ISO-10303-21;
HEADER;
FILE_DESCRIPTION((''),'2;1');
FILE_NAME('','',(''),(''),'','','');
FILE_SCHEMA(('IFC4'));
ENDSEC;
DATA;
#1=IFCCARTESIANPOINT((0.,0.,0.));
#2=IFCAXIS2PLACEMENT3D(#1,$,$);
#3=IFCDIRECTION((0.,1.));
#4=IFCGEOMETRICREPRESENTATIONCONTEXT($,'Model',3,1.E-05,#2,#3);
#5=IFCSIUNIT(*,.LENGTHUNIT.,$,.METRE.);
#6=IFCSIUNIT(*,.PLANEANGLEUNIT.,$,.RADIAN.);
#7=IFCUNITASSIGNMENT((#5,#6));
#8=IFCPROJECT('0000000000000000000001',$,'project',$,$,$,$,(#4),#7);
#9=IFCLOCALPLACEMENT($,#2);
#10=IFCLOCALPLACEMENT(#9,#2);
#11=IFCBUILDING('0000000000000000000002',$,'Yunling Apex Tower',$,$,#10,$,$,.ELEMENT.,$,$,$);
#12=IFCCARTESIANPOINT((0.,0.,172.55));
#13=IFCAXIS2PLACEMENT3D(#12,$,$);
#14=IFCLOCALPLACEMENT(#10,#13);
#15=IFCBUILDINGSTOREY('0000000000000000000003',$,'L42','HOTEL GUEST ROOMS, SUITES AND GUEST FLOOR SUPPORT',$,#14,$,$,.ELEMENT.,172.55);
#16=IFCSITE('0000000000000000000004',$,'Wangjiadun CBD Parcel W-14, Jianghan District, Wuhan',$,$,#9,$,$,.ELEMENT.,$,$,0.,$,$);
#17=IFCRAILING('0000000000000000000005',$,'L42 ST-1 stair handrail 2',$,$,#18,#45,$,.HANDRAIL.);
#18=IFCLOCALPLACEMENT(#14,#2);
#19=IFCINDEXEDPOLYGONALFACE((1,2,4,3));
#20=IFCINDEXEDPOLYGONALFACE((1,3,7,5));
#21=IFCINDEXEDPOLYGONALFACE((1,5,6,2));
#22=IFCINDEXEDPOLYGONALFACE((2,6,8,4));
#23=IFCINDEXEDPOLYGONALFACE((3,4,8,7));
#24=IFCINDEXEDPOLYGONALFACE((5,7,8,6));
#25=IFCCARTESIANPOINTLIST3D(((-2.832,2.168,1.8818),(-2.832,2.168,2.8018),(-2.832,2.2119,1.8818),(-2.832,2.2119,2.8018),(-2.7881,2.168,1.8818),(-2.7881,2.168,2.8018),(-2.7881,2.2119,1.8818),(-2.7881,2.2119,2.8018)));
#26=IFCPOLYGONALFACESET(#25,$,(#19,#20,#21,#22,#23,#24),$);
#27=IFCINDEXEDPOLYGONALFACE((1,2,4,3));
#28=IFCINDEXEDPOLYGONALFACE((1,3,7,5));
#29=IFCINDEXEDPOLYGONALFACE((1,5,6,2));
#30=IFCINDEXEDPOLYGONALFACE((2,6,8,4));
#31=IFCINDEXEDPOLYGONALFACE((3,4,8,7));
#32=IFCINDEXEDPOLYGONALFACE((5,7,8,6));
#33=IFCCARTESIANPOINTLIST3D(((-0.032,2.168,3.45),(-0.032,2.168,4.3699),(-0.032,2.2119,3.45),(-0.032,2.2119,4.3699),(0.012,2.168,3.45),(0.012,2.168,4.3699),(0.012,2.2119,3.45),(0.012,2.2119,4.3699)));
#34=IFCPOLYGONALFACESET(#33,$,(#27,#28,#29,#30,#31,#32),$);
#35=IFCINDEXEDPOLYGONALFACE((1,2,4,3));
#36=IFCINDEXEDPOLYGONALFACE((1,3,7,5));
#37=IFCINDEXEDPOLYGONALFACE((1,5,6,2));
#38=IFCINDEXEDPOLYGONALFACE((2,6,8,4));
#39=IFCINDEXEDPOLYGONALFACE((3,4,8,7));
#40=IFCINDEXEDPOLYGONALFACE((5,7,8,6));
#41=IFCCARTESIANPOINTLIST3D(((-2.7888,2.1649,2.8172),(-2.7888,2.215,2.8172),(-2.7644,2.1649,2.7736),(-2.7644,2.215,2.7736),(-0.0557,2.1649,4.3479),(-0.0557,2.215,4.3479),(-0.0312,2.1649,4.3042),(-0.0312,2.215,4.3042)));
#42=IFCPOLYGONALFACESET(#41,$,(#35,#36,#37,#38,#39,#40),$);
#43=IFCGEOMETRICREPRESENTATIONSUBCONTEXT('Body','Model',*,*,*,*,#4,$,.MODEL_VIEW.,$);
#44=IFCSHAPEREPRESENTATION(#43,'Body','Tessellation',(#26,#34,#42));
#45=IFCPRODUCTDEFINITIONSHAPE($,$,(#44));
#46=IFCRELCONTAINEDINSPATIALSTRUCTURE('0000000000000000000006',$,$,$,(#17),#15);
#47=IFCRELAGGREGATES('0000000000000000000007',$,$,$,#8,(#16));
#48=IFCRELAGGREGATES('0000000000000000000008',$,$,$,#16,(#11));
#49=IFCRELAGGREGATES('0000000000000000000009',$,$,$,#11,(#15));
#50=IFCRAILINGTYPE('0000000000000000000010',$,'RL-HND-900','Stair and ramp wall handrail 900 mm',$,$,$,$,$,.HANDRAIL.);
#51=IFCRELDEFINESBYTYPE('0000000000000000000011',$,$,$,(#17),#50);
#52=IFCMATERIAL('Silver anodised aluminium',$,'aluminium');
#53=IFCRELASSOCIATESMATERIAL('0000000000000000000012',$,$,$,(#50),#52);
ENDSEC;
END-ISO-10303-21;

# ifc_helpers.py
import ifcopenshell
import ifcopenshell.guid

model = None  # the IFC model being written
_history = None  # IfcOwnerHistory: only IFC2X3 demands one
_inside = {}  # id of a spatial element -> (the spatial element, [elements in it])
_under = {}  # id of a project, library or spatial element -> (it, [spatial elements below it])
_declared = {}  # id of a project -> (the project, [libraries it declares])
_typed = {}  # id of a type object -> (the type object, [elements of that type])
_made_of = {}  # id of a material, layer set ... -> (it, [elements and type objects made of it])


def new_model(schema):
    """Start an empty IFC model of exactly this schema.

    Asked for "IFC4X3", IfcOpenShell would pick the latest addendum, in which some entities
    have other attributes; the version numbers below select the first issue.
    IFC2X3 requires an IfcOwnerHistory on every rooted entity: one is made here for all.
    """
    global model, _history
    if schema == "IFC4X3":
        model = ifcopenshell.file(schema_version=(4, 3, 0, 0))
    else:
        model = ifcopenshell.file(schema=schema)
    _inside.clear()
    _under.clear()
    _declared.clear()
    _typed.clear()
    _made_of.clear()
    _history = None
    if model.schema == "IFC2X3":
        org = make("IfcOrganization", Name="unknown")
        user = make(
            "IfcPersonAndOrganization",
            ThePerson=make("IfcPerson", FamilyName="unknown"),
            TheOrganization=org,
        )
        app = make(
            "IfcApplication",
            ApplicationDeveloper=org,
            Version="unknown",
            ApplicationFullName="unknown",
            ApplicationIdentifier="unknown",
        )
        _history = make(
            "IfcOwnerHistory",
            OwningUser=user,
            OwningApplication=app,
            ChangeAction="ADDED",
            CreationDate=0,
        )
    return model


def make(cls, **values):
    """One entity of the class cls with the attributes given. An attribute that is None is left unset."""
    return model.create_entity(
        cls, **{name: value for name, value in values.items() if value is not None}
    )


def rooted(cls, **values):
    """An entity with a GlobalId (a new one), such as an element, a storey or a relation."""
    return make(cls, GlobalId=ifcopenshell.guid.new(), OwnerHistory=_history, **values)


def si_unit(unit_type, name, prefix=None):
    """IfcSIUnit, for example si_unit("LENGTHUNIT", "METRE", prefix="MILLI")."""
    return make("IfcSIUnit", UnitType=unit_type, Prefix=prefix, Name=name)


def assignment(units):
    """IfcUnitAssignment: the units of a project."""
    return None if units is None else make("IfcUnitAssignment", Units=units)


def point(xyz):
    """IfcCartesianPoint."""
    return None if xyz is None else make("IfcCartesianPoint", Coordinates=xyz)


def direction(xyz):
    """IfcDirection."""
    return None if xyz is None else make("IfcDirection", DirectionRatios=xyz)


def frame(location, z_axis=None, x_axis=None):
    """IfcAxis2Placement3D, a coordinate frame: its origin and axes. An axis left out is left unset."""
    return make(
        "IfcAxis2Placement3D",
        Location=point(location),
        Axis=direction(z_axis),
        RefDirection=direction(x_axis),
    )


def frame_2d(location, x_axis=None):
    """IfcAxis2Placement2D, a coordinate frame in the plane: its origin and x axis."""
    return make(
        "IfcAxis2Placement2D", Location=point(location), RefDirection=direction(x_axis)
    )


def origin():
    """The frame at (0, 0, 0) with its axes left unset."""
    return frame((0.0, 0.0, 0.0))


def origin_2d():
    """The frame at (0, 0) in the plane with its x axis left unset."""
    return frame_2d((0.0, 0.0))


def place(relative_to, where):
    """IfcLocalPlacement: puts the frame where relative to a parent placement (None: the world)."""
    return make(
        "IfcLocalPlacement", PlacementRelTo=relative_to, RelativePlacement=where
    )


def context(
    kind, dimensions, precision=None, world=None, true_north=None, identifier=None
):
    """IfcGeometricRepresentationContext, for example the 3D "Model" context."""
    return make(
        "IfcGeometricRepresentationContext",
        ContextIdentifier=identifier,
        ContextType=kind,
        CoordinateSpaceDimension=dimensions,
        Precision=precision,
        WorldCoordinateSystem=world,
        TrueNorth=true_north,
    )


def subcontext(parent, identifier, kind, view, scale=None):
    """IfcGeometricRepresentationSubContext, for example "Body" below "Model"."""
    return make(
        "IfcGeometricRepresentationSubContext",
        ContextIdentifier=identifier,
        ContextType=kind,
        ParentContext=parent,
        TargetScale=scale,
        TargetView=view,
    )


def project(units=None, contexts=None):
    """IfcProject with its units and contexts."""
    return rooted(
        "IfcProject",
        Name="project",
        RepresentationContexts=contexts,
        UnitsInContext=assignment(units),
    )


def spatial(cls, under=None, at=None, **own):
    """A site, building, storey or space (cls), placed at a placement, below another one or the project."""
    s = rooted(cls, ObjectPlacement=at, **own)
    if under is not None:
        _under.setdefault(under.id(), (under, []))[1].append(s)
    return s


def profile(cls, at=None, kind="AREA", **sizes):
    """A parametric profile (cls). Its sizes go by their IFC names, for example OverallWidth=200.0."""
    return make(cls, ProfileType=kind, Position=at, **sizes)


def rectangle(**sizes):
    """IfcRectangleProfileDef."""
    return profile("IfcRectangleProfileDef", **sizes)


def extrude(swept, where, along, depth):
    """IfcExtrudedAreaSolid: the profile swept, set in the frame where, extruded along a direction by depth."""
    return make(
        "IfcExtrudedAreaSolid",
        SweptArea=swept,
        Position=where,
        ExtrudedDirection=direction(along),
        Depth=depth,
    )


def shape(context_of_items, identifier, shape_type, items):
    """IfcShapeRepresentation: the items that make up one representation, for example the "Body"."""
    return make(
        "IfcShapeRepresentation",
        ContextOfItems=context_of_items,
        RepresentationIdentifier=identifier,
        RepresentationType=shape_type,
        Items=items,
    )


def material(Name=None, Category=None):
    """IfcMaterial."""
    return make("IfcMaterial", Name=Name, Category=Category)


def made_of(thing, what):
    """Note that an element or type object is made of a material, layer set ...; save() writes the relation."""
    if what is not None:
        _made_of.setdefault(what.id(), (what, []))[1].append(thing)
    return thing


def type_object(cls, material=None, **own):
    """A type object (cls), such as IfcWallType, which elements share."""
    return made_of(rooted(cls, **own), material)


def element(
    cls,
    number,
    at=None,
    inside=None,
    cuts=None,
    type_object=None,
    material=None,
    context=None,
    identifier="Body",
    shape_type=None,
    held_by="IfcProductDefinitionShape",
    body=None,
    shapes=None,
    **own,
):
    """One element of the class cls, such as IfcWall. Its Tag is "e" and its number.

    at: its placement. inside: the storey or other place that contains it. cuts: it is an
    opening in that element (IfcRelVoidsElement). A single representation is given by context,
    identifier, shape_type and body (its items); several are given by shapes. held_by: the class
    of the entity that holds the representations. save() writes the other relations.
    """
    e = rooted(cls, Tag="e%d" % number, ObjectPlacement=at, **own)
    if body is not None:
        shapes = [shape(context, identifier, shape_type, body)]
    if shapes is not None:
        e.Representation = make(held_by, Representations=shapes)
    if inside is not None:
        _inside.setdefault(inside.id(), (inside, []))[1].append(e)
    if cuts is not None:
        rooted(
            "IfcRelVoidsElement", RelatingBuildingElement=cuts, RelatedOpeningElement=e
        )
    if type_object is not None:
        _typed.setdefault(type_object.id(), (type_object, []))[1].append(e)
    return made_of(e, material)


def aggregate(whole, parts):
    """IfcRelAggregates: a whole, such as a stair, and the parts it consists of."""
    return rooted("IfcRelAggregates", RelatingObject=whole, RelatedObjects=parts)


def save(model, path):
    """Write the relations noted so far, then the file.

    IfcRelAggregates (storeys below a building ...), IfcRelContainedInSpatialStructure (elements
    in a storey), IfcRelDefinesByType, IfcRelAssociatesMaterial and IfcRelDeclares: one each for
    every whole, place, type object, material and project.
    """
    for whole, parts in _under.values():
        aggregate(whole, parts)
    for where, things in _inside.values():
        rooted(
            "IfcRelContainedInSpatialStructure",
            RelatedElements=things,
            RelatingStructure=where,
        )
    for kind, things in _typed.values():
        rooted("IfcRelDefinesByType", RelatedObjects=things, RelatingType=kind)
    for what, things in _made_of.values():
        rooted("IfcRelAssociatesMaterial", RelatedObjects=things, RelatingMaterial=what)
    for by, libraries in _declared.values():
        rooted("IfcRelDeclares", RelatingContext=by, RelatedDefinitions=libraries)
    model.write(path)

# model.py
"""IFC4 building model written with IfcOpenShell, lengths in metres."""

from ifc_helpers import new_model, si_unit, direction, frame, origin, origin_2d, place, context, subcontext, project, spatial, rectangle, extrude, material, type_object, element, save


model = new_model("IFC4")

# Units and contexts
model_context = context("Model", 3, precision=1e-05, world=origin(), true_north=direction((0.0, 1.0)))
body_context = subcontext(model_context, "Body", "Model", "MODEL_VIEW")
ifc_project = project(units=[si_unit("LENGTHUNIT", "METRE"), si_unit("PLANEANGLEUNIT", "RADIAN")], contexts=[model_context])

# Site, building, storey
site_placement = place(None, origin())
site = spatial("IfcSite", under=ifc_project, at=site_placement, Name="Wangjiadun CBD Parcel W-14, Jianghan District, Wuhan", CompositionType="ELEMENT", RefElevation=0.0)
building_placement = place(site_placement, origin())
building = spatial("IfcBuilding", under=site, at=building_placement, Name="Yunling Apex Tower", CompositionType="ELEMENT")
storey_placement = place(building_placement, frame((0.0, 0.0, 172.55)))
storey = spatial("IfcBuildingStorey", under=building, at=storey_placement, Name="L42", Description="HOTEL GUEST ROOMS, SUITES AND GUEST FLOOR SUPPORT", CompositionType="ELEMENT", Elevation=172.55)

# Railing
ifc_material_1 = material(Name="Silver anodised aluminium", Category="aluminium")
railing_type_1 = type_object("IfcRailingType", Name="RL-HND-900", Description="Stair and ramp wall handrail 900 mm", PredefinedType="HANDRAIL", material=ifc_material_1)
railing_1_placement = place(storey_placement, frame((-2.8101, 2.1899, 1.8818)))
element("IfcRailing", 1, at=railing_1_placement, inside=storey, type_object=railing_type_1, Name="L42 ST-1 stair handrail 2", PredefinedType="HANDRAIL", context=body_context, shape_type="SweptSolid", body=[
    extrude(rectangle(XDim=0.0439, YDim=0.0439, at=origin_2d()), origin(), (0.0, 0.0, 1.0), 0.9199),
    extrude(rectangle(XDim=0.0439, YDim=0.0439, at=origin_2d()), frame((2.8, 0.0, 1.5681)), (0.0, 0.0, 1.0), 0.9199),
    extrude(rectangle(XDim=0.05, YDim=0.05, at=origin_2d()), frame((0.0334, 0.0, 0.9136), z_axis=(0.872494, 0.0, 0.488624), x_axis=(0.0, 1.0, 0.0)), (0.0, 0.0, 1.0), 3.1326),
])

save(model, "model.ifc")
